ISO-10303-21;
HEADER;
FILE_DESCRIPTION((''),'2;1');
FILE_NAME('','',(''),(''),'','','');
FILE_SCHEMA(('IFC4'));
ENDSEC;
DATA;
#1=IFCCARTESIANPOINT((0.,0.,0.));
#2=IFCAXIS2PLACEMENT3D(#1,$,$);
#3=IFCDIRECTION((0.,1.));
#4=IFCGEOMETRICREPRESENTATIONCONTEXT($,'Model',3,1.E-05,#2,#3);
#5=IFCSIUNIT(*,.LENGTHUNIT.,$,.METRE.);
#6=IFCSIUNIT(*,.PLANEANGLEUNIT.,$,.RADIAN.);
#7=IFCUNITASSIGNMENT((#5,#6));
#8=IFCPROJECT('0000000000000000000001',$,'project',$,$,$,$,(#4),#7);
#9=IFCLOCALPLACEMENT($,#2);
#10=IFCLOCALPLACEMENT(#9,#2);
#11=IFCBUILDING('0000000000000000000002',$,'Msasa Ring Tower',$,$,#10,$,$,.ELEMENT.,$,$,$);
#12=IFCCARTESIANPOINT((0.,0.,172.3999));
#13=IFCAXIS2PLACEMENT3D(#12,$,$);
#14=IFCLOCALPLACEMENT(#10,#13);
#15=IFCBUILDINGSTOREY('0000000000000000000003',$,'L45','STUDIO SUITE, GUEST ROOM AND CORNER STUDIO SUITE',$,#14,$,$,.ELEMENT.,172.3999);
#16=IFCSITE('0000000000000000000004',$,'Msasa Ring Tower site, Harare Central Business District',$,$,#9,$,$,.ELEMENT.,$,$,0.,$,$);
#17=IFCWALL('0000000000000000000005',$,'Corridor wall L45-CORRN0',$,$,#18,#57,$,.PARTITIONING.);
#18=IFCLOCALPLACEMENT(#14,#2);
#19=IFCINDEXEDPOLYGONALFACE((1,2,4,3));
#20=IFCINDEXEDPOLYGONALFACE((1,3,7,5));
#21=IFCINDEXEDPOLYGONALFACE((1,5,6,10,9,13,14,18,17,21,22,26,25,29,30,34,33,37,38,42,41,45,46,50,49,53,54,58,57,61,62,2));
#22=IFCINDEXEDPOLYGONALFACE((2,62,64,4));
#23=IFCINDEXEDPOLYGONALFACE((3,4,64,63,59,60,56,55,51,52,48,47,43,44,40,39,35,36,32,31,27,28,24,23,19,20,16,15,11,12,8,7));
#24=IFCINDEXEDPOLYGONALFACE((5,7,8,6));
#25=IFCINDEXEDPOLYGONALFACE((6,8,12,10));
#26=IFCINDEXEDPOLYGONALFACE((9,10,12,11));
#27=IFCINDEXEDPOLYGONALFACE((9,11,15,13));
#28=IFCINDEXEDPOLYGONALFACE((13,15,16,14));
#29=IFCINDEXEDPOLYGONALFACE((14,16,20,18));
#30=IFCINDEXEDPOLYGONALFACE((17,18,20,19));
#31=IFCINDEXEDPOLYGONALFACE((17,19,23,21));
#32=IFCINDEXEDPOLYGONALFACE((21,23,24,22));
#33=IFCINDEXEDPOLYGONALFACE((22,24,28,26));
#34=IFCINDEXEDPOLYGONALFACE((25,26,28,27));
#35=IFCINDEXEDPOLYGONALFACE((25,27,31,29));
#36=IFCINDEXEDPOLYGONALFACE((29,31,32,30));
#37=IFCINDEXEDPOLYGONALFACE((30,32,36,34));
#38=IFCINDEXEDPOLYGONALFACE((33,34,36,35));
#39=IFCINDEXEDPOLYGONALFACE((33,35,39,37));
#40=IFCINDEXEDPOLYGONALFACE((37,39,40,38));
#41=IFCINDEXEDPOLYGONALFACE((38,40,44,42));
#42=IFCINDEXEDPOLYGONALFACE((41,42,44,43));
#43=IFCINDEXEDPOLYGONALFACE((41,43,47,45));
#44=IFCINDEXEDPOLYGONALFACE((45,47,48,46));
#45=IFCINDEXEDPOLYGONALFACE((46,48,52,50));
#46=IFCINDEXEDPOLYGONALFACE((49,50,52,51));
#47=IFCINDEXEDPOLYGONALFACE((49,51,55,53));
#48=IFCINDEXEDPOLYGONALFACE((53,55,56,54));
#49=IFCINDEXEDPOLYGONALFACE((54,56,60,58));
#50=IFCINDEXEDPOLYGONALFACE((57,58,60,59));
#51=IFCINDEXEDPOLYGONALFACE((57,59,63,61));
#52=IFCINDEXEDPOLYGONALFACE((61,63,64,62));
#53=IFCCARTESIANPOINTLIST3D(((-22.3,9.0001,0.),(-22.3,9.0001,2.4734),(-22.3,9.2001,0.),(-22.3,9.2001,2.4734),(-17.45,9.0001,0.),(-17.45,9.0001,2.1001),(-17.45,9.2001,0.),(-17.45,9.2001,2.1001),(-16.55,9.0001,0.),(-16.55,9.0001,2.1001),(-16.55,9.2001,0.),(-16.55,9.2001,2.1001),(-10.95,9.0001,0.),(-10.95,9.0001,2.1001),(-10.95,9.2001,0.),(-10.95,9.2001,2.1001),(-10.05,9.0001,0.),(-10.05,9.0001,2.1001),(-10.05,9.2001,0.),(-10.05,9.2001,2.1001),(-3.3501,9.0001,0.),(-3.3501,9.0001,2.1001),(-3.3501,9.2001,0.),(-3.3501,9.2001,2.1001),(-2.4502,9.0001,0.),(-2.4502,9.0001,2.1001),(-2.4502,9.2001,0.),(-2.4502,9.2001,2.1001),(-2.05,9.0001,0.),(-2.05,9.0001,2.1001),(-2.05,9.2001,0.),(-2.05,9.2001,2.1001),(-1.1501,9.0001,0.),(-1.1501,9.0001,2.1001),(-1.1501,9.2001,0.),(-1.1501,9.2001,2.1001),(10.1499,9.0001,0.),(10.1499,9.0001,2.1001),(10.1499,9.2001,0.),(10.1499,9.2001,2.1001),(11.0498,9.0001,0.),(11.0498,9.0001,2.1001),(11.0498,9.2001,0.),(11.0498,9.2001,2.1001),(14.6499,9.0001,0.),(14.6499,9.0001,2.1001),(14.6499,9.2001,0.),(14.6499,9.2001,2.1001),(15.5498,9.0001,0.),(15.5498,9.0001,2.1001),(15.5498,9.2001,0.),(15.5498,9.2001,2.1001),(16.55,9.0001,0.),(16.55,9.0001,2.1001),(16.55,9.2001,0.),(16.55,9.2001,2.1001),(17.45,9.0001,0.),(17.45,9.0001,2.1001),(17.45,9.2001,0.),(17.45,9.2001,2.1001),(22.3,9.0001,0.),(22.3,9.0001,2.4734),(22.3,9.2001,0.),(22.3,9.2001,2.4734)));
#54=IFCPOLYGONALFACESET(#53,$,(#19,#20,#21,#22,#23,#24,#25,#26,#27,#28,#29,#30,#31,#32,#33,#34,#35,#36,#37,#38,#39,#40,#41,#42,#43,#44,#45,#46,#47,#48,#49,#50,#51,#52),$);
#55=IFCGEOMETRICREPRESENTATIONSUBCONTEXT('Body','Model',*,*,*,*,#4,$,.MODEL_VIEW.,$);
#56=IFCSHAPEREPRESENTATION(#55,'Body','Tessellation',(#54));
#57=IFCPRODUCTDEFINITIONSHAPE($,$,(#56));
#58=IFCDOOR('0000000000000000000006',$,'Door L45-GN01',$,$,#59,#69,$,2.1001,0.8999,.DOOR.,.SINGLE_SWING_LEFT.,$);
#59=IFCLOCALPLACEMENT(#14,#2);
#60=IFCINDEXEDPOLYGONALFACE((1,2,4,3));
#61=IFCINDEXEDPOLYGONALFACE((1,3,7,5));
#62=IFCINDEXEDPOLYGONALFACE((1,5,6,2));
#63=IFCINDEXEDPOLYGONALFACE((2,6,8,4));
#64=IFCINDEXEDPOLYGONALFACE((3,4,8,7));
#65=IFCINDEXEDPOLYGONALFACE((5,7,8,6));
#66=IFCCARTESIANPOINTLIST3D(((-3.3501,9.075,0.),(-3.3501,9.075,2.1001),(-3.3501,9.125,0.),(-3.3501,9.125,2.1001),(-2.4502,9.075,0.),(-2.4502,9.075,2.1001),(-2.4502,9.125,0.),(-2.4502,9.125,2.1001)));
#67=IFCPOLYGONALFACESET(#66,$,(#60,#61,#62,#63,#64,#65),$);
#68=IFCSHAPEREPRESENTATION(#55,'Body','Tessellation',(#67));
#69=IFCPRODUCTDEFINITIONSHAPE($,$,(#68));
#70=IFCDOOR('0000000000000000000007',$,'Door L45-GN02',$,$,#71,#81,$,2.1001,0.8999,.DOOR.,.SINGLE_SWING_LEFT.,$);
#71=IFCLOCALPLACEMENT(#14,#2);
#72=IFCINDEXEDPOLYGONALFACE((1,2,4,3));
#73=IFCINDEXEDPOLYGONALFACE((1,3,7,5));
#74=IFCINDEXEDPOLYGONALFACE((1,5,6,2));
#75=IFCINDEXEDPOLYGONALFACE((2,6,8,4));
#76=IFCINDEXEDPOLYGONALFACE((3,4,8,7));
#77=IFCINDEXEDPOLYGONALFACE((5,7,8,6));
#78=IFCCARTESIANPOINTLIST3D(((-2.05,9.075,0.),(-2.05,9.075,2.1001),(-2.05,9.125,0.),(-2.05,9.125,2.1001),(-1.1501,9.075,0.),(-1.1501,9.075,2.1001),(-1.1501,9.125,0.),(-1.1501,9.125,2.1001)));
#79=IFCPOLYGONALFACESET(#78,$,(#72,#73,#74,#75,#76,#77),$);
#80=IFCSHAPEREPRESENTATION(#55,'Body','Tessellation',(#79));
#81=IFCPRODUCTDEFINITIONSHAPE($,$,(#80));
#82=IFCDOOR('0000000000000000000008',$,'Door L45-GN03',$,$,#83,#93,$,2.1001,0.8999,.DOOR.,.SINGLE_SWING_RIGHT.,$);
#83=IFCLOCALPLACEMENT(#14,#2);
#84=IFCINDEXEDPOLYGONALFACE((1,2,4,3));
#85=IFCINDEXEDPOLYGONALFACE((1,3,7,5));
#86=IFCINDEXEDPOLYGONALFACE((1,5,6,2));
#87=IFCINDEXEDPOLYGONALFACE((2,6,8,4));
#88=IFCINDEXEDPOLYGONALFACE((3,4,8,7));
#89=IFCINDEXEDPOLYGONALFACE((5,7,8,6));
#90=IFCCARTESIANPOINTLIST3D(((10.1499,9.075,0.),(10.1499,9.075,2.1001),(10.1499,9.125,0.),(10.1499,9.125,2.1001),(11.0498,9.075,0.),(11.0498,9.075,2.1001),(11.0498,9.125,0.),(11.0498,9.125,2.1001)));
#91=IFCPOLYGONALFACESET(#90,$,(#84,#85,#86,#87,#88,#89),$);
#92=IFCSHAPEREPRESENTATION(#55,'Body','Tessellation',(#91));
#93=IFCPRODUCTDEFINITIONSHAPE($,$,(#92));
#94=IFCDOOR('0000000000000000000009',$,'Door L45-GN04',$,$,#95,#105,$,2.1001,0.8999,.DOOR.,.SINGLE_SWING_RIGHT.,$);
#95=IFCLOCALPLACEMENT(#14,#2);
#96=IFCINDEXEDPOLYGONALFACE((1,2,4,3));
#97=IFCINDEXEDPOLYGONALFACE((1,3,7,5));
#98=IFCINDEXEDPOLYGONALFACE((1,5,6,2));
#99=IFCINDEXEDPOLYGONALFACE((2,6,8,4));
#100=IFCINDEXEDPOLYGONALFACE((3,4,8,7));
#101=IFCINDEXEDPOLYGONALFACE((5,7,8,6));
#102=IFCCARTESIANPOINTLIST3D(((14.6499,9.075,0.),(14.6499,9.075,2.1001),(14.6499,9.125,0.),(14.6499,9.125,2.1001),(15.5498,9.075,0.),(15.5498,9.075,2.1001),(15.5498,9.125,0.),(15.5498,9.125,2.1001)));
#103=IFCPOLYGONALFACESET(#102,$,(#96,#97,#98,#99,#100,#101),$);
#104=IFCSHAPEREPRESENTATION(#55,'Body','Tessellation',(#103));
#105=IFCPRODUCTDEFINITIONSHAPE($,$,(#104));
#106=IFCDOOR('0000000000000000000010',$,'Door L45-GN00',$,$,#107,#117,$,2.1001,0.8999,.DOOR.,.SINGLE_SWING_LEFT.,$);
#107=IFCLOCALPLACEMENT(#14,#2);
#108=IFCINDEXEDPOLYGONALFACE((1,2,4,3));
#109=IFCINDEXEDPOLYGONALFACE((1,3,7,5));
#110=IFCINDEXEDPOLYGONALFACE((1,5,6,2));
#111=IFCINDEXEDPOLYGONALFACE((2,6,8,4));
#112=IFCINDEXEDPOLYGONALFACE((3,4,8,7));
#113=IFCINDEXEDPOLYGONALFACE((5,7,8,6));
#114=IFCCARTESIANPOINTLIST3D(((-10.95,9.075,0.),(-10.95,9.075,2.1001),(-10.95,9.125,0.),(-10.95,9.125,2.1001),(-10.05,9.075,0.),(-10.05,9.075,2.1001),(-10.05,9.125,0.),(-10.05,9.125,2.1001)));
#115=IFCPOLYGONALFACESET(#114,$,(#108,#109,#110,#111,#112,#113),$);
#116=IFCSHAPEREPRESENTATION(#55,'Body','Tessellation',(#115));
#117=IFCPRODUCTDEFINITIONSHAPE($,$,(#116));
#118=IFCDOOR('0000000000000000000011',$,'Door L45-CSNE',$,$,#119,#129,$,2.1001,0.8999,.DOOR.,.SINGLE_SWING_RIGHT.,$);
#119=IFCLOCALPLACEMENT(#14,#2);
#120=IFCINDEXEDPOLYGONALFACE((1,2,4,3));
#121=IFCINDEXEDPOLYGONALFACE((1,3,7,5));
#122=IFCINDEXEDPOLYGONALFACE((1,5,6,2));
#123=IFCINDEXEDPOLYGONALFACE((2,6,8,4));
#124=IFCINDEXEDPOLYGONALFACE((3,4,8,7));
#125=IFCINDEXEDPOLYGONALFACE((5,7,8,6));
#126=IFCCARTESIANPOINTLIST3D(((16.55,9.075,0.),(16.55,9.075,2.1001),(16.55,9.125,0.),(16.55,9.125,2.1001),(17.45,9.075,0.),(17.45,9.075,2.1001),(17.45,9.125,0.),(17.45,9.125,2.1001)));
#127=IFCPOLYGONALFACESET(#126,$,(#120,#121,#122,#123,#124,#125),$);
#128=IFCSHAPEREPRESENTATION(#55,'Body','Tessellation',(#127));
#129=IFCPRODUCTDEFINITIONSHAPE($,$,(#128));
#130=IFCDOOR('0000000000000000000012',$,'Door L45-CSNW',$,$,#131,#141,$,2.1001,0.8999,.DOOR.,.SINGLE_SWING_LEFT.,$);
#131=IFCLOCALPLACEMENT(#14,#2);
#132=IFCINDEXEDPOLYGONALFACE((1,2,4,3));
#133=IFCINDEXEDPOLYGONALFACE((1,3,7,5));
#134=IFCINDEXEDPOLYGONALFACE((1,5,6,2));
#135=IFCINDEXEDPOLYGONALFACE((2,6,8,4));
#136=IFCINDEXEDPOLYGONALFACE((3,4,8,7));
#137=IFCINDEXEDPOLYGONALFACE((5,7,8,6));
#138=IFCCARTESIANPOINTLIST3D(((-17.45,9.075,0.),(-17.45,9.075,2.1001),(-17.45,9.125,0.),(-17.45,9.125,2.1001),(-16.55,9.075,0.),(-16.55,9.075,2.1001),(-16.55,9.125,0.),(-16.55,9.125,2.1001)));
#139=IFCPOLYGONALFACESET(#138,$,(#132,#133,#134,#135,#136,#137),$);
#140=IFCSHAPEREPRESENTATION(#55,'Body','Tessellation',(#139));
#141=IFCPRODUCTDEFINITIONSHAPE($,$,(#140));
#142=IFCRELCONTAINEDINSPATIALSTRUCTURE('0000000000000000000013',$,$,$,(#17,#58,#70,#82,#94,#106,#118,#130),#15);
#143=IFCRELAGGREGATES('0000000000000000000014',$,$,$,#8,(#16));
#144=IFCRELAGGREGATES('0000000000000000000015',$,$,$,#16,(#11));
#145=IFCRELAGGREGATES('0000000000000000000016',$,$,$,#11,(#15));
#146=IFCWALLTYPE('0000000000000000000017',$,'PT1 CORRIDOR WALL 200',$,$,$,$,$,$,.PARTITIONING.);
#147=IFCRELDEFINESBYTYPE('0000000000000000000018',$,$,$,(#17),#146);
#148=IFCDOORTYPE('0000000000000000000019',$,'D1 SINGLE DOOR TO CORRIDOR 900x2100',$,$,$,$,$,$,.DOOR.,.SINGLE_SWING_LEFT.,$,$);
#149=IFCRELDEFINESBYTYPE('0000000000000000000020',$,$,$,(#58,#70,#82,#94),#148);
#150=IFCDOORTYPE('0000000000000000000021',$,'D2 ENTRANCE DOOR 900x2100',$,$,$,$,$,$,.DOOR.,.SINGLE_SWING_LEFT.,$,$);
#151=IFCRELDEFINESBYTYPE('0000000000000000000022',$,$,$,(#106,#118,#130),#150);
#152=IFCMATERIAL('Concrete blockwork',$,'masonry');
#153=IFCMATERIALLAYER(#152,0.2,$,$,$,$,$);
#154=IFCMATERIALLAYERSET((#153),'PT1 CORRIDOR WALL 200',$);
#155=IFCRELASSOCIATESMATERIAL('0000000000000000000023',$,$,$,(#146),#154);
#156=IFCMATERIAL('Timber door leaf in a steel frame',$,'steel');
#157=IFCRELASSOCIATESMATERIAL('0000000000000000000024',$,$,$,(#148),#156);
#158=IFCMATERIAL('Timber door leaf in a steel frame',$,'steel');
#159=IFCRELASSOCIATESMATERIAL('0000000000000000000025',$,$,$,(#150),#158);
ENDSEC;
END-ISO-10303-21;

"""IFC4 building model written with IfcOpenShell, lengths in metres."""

from ifc_helpers import new_model, si_unit, direction, frame, frame_2d, origin, place, context, subcontext, project, spatial, rectangle, extrude, material, layer, layer_set, type_object, element, fill, save


model = new_model("IFC4")

# Units and contexts
model_context = context("Model", 3, precision=1e-05, world=origin(), true_north=direction((0.0, 1.0)))
body_context = subcontext(model_context, "Body", "Model", "MODEL_VIEW")
ifc_project = project(units=[si_unit("LENGTHUNIT", "METRE"), si_unit("PLANEANGLEUNIT", "RADIAN")], contexts=[model_context])

# Site, building, storey
site_placement = place(None, origin())
site = spatial("IfcSite", under=ifc_project, at=site_placement, Name="Msasa Ring Tower site, Harare Central Business District", CompositionType="ELEMENT", RefElevation=0.0)
building_placement = place(site_placement, origin())
building = spatial("IfcBuilding", under=site, at=building_placement, Name="Msasa Ring Tower", CompositionType="ELEMENT")
storey_placement = place(building_placement, frame((0.0, 0.0, 172.3999)))
storey = spatial("IfcBuildingStorey", under=building, at=storey_placement, Name="L45", Description="STUDIO SUITE, GUEST ROOM AND CORNER STUDIO SUITE", CompositionType="ELEMENT", Elevation=172.3999)

# Wall, openings, doors
ifc_material_1 = material(Name="Concrete blockwork", Category="masonry")
ifc_layer_1 = layer(ifc_material_1, 0.2)
ifc_layer_set_1 = layer_set([ifc_layer_1], Name="PT1 CORRIDOR WALL 200")
wall_type_1 = type_object("IfcWallType", Name="PT1 CORRIDOR WALL 200", PredefinedType="PARTITIONING", material=ifc_layer_set_1)
wall_1_placement = place(storey_placement, frame((-22.3, 9.1001, 0.0), z_axis=(0.0, 0.0, 1.0), x_axis=(1.0, 0.0, 0.0)))
wall_1 = element("IfcWall", 1, at=wall_1_placement, inside=storey, type_object=wall_type_1, Name="Corridor wall L45-CORRN0", PredefinedType="PARTITIONING", context=body_context, shape_type="SweptSolid", body=[
    extrude(rectangle(XDim=44.6001, YDim=0.2, at=frame_2d((22.3, 0.0))), origin(), (0.0, 0.0, 1.0), 2.4734),
])
opening_1_placement = place(wall_1_placement, frame((11.3501, 0.0, 0.0)))
opening_1 = element("IfcOpeningElement", 2, at=opening_1_placement, cuts=wall_1, PredefinedType="OPENING", context=body_context, shape_type="SweptSolid", body=[
    extrude(rectangle(XDim=0.8999, YDim=2.1001, at=frame_2d((0.45, 1.05))), frame((0.0, 0.1099, 0.0), z_axis=(0.0, -1.0, 0.0), x_axis=(1.0, 0.0, 0.0)), (0.0, 0.0, 1.0), 0.22),
])
opening_2_placement = place(wall_1_placement, frame((18.95, 0.0, 0.0)))
opening_2 = element("IfcOpeningElement", 3, at=opening_2_placement, cuts=wall_1, PredefinedType="OPENING", context=body_context, shape_type="SweptSolid", body=[
    extrude(rectangle(XDim=0.8999, YDim=2.1001, at=frame_2d((0.45, 1.05))), frame((0.0, 0.1099, 0.0), z_axis=(0.0, -1.0, 0.0), x_axis=(1.0, 0.0, 0.0)), (0.0, 0.0, 1.0), 0.22),
])
opening_3_placement = place(wall_1_placement, frame((20.25, 0.0, 0.0)))
opening_3 = element("IfcOpeningElement", 4, at=opening_3_placement, cuts=wall_1, PredefinedType="OPENING", context=body_context, shape_type="SweptSolid", body=[
    extrude(rectangle(XDim=0.8999, YDim=2.1001, at=frame_2d((0.45, 1.05))), frame((0.0, 0.1099, 0.0), z_axis=(0.0, -1.0, 0.0), x_axis=(1.0, 0.0, 0.0)), (0.0, 0.0, 1.0), 0.22),
])
opening_4_placement = place(wall_1_placement, frame((32.45, 0.0, 0.0)))
opening_4 = element("IfcOpeningElement", 5, at=opening_4_placement, cuts=wall_1, PredefinedType="OPENING", context=body_context, shape_type="SweptSolid", body=[
    extrude(rectangle(XDim=0.8999, YDim=2.1001, at=frame_2d((0.45, 1.05))), frame((0.0, 0.1099, 0.0), z_axis=(0.0, -1.0, 0.0), x_axis=(1.0, 0.0, 0.0)), (0.0, 0.0, 1.0), 0.22),
])
opening_5_placement = place(wall_1_placement, frame((36.95, 0.0, 0.0)))
opening_5 = element("IfcOpeningElement", 6, at=opening_5_placement, cuts=wall_1, PredefinedType="OPENING", context=body_context, shape_type="SweptSolid", body=[
    extrude(rectangle(XDim=0.8999, YDim=2.1001, at=frame_2d((0.45, 1.05))), frame((0.0, 0.1099, 0.0), z_axis=(0.0, -1.0, 0.0), x_axis=(1.0, 0.0, 0.0)), (0.0, 0.0, 1.0), 0.22),
])
opening_6_placement = place(wall_1_placement, frame((38.8501, 0.0, 0.0)))
opening_6 = element("IfcOpeningElement", 7, at=opening_6_placement, cuts=wall_1, PredefinedType="OPENING", context=body_context, shape_type="SweptSolid", body=[
    extrude(rectangle(XDim=0.8999, YDim=2.1001, at=frame_2d((0.45, 1.05))), frame((0.0, 0.1099, 0.0), z_axis=(0.0, -1.0, 0.0), x_axis=(1.0, 0.0, 0.0)), (0.0, 0.0, 1.0), 0.22),
])
opening_7_placement = place(wall_1_placement, frame((4.8501, 0.0, 0.0)))
opening_7 = element("IfcOpeningElement", 8, at=opening_7_placement, cuts=wall_1, PredefinedType="OPENING", context=body_context, shape_type="SweptSolid", body=[
    extrude(rectangle(XDim=0.8999, YDim=2.1001, at=frame_2d((0.45, 1.05))), frame((0.0, 0.1099, 0.0), z_axis=(0.0, -1.0, 0.0), x_axis=(1.0, 0.0, 0.0)), (0.0, 0.0, 1.0), 0.22),
])
ifc_material_2 = material(Name="Timber door leaf in a steel frame", Category="steel")
door_type_1 = type_object("IfcDoorType", Name="D1 SINGLE DOOR TO CORRIDOR 900x2100", OperationType="SINGLE_SWING_LEFT", PredefinedType="DOOR", material=ifc_material_2)
door_1_placement = place(opening_2_placement, origin())
door_1 = element("IfcDoor", 9, at=door_1_placement, inside=storey, type_object=door_type_1, Name="Door L45-GN01", OperationType="SINGLE_SWING_LEFT", OverallHeight=2.1001, OverallWidth=0.8999, PredefinedType="DOOR", context=body_context, shape_type="SweptSolid", body=[
    extrude(rectangle(XDim=0.8999, YDim=2.1001, at=frame_2d((0.45, 1.05))), frame((0.0, 0.0249, 0.0), z_axis=(0.0, -1.0, 0.0), x_axis=(1.0, 0.0, 0.0)), (0.0, 0.0, 1.0), 0.05),
])
fill(opening_2, door_1)
door_2_placement = place(opening_3_placement, origin())
door_2 = element("IfcDoor", 10, at=door_2_placement, inside=storey, type_object=door_type_1, Name="Door L45-GN02", OperationType="SINGLE_SWING_LEFT", OverallHeight=2.1001, OverallWidth=0.8999, PredefinedType="DOOR", context=body_context, shape_type="SweptSolid", body=[
    extrude(rectangle(XDim=0.8999, YDim=2.1001, at=frame_2d((0.45, 1.05))), frame((0.0, 0.0249, 0.0), z_axis=(0.0, -1.0, 0.0), x_axis=(1.0, 0.0, 0.0)), (0.0, 0.0, 1.0), 0.05),
])
fill(opening_3, door_2)
door_3_placement = place(opening_4_placement, origin())
door_3 = element("IfcDoor", 11, at=door_3_placement, inside=storey, type_object=door_type_1, Name="Door L45-GN03", OperationType="SINGLE_SWING_RIGHT", OverallHeight=2.1001, OverallWidth=0.8999, PredefinedType="DOOR", context=body_context, shape_type="SweptSolid", body=[
    extrude(rectangle(XDim=0.8999, YDim=2.1001, at=frame_2d((0.45, 1.05))), frame((0.0, 0.0249, 0.0), z_axis=(0.0, -1.0, 0.0), x_axis=(1.0, 0.0, 0.0)), (0.0, 0.0, 1.0), 0.05),
])
fill(opening_4, door_3)
door_4_placement = place(opening_5_placement, origin())
door_4 = element("IfcDoor", 12, at=door_4_placement, inside=storey, type_object=door_type_1, Name="Door L45-GN04", OperationType="SINGLE_SWING_RIGHT", OverallHeight=2.1001, OverallWidth=0.8999, PredefinedType="DOOR", context=body_context, shape_type="SweptSolid", body=[
    extrude(rectangle(XDim=0.8999, YDim=2.1001, at=frame_2d((0.45, 1.05))), frame((0.0, 0.0249, 0.0), z_axis=(0.0, -1.0, 0.0), x_axis=(1.0, 0.0, 0.0)), (0.0, 0.0, 1.0), 0.05),
])
fill(opening_5, door_4)
ifc_material_3 = material(Name="Timber door leaf in a steel frame", Category="steel")
door_type_2 = type_object("IfcDoorType", Name="D2 ENTRANCE DOOR 900x2100", OperationType="SINGLE_SWING_LEFT", PredefinedType="DOOR", material=ifc_material_3)
door_5_placement = place(opening_1_placement, origin())
door_5 = element("IfcDoor", 13, at=door_5_placement, inside=storey, type_object=door_type_2, Name="Door L45-GN00", OperationType="SINGLE_SWING_LEFT", OverallHeight=2.1001, OverallWidth=0.8999, PredefinedType="DOOR", context=body_context, shape_type="SweptSolid", body=[
    extrude(rectangle(XDim=0.8999, YDim=2.1001, at=frame_2d((0.45, 1.05))), frame((0.0, 0.0249, 0.0), z_axis=(0.0, -1.0, 0.0), x_axis=(1.0, 0.0, 0.0)), (0.0, 0.0, 1.0), 0.05),
])
fill(opening_1, door_5)
door_6_placement = place(opening_6_placement, origin())
door_6 = element("IfcDoor", 14, at=door_6_placement, inside=storey, type_object=door_type_2, Name="Door L45-CSNE", OperationType="SINGLE_SWING_RIGHT", OverallHeight=2.1001, OverallWidth=0.8999, PredefinedType="DOOR", context=body_context, shape_type="SweptSolid", body=[
    extrude(rectangle(XDim=0.8999, YDim=2.1001, at=frame_2d((0.45, 1.05))), frame((0.0, 0.0249, 0.0), z_axis=(0.0, -1.0, 0.0), x_axis=(1.0, 0.0, 0.0)), (0.0, 0.0, 1.0), 0.05),
])
fill(opening_6, door_6)
door_7_placement = place(opening_7_placement, origin())
door_7 = element("IfcDoor", 15, at=door_7_placement, inside=storey, type_object=door_type_2, Name="Door L45-CSNW", OperationType="SINGLE_SWING_LEFT", OverallHeight=2.1001, OverallWidth=0.8999, PredefinedType="DOOR", context=body_context, shape_type="SweptSolid", body=[
    extrude(rectangle(XDim=0.8999, YDim=2.1001, at=frame_2d((0.45, 1.05))), frame((0.0, 0.0249, 0.0), z_axis=(0.0, -1.0, 0.0), x_axis=(1.0, 0.0, 0.0)), (0.0, 0.0, 1.0), 0.05),
])
fill(opening_7, door_7)

save(model, "model.ifc")
